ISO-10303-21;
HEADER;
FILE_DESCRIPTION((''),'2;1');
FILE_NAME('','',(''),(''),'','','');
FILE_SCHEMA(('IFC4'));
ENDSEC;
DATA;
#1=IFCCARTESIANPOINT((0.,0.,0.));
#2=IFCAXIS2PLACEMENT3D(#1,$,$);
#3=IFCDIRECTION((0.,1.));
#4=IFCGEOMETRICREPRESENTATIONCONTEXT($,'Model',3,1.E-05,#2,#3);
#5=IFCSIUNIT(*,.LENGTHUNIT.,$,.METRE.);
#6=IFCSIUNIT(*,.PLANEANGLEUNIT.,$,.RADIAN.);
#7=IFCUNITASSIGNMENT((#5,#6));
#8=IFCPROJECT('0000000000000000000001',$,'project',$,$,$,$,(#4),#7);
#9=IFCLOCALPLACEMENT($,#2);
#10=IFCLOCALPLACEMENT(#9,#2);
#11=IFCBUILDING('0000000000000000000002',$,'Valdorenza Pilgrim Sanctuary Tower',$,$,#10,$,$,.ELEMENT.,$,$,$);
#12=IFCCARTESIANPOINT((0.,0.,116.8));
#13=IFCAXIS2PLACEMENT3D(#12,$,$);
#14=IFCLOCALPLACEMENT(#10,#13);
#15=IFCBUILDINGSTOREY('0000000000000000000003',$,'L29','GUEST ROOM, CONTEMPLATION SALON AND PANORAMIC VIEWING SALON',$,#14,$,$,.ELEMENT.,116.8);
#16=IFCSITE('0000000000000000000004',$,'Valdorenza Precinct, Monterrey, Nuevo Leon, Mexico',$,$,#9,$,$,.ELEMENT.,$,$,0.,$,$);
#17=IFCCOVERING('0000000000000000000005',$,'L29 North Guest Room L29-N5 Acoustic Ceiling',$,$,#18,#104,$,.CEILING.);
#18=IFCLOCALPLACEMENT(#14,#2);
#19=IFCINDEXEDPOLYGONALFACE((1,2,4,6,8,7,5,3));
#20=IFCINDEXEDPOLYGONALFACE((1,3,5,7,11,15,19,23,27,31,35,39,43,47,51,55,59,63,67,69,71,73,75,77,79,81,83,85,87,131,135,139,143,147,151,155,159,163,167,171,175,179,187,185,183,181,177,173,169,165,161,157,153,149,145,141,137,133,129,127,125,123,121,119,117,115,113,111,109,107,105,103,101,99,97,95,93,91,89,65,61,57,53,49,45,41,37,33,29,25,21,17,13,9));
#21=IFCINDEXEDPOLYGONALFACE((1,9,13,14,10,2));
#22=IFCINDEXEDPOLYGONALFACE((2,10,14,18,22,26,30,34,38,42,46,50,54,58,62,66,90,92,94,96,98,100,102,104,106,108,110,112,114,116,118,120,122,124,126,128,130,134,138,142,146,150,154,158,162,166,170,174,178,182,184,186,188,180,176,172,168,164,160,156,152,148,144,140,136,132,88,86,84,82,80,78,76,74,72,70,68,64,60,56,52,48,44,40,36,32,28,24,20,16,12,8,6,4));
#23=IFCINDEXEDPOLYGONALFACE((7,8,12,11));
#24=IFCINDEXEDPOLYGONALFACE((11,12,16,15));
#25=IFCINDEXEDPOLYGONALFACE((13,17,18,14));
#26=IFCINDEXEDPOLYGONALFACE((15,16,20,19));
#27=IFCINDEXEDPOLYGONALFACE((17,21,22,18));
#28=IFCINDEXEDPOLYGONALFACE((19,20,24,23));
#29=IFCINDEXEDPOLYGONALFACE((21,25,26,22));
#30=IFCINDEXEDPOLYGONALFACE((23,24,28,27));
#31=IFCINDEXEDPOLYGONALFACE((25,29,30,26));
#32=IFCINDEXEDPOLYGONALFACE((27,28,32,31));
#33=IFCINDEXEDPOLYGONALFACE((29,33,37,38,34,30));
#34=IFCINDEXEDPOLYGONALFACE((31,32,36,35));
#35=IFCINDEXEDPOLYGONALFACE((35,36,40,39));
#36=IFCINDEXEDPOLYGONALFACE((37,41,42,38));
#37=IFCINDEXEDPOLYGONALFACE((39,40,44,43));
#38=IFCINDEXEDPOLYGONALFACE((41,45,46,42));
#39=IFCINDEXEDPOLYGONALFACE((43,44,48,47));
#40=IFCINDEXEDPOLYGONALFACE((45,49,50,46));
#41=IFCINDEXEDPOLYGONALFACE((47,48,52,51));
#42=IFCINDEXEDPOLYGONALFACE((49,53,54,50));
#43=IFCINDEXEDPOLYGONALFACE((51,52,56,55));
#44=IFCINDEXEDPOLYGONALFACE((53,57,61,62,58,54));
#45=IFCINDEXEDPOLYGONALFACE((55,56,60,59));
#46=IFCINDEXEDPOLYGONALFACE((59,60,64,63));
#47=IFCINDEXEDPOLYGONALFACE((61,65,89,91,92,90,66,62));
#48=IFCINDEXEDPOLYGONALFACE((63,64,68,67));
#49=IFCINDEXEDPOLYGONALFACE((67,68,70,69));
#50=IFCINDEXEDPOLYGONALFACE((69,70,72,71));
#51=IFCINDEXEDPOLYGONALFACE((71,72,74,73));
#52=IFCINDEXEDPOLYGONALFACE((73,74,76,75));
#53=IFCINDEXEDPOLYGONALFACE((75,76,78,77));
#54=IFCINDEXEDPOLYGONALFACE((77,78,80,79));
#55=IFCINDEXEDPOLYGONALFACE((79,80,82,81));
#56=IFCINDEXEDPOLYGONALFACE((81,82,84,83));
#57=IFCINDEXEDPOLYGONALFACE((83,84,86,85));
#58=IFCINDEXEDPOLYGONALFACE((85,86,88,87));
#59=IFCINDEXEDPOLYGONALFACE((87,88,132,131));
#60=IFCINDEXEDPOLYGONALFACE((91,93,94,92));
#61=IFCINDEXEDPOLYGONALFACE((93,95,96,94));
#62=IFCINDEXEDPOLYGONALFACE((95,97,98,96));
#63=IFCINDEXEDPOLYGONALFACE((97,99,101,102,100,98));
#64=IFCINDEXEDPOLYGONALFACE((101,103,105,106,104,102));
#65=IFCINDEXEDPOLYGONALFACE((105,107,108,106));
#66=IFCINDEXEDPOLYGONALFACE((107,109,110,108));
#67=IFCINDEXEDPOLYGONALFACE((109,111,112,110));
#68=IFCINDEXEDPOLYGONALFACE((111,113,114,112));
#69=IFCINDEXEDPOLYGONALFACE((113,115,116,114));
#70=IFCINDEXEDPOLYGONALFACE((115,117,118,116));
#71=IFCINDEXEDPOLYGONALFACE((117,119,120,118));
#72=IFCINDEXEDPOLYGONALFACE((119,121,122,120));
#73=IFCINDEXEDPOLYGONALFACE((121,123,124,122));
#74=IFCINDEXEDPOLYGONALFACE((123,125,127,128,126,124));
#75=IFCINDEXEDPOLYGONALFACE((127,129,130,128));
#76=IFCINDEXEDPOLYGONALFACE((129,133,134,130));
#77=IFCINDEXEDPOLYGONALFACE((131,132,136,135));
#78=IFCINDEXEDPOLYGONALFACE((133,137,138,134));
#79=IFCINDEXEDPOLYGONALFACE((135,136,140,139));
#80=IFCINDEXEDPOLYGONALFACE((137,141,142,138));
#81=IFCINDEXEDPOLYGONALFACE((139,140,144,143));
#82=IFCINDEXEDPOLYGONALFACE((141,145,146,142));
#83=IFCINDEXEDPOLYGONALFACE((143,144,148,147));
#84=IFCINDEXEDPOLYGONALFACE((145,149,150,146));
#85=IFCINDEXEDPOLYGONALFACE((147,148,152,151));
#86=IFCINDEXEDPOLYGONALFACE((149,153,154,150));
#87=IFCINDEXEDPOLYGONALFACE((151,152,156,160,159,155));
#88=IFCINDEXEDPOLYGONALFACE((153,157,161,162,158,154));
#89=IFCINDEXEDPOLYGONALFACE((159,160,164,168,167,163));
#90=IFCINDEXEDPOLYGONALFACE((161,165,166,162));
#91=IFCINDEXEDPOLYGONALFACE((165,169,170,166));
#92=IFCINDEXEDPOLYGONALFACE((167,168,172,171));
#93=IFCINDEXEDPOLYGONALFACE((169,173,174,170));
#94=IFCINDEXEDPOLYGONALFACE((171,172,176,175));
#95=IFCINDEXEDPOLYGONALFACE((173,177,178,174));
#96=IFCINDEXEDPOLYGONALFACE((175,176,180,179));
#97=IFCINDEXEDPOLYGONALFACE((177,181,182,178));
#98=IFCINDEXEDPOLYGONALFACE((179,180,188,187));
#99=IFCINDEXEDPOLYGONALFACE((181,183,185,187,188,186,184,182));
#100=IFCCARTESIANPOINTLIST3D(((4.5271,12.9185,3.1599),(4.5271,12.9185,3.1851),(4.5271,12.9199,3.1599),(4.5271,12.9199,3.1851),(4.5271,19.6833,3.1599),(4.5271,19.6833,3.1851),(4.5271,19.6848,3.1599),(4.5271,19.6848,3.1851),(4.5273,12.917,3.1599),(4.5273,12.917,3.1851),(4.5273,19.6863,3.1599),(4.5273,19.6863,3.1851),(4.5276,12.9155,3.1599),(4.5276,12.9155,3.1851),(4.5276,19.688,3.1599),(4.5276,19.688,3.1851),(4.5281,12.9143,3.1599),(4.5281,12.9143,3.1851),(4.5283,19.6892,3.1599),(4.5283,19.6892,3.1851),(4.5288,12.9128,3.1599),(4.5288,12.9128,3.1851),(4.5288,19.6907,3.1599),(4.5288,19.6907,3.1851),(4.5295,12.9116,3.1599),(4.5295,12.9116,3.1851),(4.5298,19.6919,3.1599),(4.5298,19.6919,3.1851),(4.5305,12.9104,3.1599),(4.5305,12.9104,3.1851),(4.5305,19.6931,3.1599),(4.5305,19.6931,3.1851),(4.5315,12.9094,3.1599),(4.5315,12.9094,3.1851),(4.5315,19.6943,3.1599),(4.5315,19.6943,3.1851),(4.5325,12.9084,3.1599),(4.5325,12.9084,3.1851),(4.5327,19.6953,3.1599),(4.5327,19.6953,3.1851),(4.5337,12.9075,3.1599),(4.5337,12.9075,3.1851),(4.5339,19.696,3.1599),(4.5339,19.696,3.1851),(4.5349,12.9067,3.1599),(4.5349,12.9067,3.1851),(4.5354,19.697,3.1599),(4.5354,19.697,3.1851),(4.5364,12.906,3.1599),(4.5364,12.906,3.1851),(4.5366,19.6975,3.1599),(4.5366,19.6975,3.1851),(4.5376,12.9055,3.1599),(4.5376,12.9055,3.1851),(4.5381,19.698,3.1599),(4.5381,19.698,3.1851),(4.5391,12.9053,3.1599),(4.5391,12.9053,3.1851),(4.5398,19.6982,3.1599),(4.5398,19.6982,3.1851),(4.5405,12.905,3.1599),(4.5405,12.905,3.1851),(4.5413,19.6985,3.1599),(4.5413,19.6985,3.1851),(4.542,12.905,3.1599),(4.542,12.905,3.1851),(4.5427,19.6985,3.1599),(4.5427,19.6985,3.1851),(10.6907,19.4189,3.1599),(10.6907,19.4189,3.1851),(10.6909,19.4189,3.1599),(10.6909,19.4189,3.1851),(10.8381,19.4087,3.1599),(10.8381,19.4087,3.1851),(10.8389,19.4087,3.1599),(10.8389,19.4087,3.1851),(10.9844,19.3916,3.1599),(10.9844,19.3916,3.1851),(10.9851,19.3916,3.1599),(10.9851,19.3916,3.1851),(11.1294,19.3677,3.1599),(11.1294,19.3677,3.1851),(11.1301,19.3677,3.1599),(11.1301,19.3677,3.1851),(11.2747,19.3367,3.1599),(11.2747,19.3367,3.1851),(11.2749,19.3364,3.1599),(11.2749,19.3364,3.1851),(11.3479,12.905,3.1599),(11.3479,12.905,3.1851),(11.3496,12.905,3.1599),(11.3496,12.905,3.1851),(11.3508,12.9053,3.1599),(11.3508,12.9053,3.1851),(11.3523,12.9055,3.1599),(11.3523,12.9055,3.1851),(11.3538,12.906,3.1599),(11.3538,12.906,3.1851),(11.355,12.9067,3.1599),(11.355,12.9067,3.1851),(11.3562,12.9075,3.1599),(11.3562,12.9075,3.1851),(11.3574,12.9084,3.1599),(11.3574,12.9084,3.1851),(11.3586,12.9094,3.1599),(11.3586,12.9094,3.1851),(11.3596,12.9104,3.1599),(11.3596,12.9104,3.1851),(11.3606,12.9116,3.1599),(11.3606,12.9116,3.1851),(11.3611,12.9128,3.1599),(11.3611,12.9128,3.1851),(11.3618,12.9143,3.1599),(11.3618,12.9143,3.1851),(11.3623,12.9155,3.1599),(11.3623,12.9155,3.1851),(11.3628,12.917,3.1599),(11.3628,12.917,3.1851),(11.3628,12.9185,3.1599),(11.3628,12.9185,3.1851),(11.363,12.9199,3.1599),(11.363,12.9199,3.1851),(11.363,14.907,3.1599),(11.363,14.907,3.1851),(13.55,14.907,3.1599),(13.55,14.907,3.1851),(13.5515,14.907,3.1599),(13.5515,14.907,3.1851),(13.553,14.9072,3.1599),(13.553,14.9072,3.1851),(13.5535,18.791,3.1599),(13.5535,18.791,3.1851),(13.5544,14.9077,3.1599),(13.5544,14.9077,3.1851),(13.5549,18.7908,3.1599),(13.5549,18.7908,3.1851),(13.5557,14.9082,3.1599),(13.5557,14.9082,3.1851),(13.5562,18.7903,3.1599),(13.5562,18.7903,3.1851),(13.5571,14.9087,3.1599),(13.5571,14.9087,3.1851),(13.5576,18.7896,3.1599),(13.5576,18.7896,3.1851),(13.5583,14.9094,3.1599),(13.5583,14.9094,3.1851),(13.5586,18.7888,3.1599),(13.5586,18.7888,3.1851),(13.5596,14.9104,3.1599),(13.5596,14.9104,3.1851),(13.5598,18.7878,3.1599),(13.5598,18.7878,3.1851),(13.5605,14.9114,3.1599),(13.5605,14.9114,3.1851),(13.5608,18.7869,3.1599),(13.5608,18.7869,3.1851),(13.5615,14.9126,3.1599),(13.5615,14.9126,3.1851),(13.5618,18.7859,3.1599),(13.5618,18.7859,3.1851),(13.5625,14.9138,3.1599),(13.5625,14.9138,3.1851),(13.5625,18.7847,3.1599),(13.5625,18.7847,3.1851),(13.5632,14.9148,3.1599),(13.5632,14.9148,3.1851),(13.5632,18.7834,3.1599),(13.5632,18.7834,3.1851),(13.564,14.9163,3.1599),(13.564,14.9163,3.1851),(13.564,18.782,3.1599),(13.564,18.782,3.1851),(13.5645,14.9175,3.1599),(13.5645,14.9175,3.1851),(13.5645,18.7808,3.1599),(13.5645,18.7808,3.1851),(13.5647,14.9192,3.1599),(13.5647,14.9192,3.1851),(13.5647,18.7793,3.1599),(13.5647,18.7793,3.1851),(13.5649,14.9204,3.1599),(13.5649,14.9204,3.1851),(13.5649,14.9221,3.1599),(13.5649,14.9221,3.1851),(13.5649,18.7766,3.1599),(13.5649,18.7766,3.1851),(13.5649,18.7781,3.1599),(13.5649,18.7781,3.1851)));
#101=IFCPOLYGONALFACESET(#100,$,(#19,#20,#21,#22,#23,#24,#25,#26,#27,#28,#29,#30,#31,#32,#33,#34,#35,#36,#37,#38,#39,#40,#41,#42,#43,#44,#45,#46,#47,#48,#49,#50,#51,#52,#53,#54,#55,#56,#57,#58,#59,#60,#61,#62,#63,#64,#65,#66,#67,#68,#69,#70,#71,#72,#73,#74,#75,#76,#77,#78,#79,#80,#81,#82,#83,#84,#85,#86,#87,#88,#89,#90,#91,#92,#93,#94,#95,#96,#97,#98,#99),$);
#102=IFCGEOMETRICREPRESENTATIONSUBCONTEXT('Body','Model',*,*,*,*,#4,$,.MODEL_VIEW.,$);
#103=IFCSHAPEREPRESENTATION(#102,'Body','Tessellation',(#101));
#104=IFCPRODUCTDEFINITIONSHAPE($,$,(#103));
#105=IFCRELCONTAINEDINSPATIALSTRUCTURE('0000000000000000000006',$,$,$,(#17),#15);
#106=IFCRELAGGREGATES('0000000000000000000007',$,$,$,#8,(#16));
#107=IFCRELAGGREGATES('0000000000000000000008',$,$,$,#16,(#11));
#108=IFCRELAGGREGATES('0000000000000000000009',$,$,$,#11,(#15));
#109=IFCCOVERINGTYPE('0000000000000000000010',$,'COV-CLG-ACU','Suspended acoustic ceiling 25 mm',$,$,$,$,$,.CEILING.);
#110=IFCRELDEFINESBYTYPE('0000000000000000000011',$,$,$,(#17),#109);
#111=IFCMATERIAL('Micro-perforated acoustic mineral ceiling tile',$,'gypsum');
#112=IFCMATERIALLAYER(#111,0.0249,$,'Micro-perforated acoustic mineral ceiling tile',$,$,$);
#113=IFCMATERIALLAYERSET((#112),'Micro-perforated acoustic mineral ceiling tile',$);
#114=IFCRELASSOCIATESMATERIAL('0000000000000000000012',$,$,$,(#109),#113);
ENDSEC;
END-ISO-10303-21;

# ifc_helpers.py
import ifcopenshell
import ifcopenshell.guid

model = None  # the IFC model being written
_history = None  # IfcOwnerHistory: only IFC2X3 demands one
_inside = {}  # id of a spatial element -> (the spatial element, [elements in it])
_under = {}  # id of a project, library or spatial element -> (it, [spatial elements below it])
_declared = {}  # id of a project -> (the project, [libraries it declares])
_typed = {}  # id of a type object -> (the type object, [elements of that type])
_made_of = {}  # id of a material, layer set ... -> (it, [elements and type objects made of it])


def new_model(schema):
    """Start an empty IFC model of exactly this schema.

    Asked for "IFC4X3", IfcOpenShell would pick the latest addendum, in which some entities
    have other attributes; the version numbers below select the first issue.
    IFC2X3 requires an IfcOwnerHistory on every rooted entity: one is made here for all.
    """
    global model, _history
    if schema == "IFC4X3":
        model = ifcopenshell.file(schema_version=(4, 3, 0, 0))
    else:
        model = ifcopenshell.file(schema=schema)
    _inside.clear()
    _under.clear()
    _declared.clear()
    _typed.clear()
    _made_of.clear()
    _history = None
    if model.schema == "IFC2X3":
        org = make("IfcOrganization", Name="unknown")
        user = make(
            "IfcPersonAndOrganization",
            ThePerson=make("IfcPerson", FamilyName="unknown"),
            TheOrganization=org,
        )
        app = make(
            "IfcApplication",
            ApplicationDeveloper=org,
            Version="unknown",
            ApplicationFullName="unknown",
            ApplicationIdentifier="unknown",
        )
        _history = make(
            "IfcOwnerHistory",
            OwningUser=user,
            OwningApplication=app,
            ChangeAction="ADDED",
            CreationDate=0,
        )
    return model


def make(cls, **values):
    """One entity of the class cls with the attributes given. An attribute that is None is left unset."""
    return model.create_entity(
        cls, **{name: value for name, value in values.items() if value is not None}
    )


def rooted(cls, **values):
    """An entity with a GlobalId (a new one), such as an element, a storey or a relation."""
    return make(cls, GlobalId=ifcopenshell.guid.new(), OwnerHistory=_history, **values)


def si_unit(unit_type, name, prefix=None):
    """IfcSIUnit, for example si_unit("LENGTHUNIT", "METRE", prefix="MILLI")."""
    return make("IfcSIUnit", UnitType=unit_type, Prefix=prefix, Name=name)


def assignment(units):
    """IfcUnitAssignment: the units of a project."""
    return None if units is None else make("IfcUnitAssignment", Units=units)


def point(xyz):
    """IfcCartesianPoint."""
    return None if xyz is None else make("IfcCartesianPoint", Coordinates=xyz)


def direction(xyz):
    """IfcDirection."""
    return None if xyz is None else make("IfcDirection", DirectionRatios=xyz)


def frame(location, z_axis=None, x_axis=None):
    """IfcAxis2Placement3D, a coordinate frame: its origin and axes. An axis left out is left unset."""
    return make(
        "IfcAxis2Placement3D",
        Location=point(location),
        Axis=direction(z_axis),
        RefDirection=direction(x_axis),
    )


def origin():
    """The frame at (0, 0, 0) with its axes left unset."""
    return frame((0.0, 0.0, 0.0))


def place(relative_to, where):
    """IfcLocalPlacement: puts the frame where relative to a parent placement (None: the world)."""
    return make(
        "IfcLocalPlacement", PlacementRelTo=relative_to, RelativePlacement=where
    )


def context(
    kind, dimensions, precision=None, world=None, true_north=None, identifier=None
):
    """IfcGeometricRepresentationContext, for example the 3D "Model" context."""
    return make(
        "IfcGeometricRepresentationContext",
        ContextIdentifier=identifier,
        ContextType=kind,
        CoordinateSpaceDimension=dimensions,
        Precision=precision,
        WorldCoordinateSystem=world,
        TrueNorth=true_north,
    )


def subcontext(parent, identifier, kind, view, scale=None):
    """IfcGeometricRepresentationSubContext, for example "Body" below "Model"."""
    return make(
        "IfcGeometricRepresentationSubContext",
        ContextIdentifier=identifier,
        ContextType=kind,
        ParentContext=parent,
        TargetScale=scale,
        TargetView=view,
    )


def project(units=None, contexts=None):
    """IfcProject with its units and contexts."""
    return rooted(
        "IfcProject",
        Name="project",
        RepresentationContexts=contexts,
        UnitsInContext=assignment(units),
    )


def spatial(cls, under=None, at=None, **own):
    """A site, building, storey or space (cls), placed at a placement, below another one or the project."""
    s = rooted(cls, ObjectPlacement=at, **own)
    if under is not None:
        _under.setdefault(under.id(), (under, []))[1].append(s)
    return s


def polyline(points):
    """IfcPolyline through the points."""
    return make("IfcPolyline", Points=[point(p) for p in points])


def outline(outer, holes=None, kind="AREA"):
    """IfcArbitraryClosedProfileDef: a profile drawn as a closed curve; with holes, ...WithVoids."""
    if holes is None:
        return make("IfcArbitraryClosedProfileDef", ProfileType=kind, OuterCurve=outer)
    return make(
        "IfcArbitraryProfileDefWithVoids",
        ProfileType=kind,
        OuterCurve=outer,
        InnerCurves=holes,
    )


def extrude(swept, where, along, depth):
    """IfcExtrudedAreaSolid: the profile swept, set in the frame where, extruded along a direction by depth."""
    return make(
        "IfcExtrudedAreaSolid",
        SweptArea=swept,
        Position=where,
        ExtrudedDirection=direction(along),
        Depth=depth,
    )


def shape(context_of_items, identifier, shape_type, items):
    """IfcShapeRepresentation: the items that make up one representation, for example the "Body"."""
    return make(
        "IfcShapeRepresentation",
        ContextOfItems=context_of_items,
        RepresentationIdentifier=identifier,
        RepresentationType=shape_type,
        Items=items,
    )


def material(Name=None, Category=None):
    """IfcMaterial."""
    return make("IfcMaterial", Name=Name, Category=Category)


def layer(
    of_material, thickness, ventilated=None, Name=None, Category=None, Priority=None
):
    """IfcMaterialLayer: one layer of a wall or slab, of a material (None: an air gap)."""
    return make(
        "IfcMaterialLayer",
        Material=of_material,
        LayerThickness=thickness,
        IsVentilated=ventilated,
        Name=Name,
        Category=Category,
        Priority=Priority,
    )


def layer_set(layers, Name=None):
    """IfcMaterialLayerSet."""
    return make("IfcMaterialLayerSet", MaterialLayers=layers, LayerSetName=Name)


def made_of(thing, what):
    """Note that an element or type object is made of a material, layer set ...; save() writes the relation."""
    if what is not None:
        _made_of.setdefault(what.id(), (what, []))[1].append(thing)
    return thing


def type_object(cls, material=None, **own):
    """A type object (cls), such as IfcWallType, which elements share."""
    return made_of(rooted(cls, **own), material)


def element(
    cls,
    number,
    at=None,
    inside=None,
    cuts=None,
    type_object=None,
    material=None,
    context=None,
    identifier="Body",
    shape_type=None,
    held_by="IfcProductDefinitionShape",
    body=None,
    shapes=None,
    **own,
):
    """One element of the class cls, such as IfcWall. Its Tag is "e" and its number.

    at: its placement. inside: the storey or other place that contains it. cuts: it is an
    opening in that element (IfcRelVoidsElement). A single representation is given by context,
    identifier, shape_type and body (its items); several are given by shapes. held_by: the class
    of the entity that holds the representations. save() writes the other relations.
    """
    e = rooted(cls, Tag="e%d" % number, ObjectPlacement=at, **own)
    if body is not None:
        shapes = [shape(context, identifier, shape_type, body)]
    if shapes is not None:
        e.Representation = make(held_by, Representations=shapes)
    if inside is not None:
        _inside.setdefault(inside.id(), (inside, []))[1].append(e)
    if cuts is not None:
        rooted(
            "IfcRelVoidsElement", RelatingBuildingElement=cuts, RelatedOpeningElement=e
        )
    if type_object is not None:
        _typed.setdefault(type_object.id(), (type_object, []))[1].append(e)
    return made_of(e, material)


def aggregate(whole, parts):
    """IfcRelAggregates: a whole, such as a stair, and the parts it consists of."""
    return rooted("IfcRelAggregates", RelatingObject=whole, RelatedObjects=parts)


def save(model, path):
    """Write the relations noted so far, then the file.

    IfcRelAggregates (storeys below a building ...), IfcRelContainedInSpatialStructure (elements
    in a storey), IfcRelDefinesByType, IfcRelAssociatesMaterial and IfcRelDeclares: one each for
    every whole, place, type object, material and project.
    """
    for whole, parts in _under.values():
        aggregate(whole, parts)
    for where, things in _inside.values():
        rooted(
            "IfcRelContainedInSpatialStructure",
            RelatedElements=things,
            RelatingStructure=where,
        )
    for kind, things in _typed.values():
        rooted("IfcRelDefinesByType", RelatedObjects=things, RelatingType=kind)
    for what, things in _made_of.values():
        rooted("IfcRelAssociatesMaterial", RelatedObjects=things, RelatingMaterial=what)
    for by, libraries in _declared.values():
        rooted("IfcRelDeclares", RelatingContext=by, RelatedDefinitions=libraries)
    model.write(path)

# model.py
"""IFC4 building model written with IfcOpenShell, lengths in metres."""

from ifc_helpers import new_model, si_unit, direction, frame, origin, place, context, subcontext, project, spatial, polyline, outline, extrude, material, layer, layer_set, type_object, element, save


model = new_model("IFC4")

# Units and contexts
model_context = context("Model", 3, precision=1e-05, world=origin(), true_north=direction((0.0, 1.0)))
body_context = subcontext(model_context, "Body", "Model", "MODEL_VIEW")
ifc_project = project(units=[si_unit("LENGTHUNIT", "METRE"), si_unit("PLANEANGLEUNIT", "RADIAN")], contexts=[model_context])

# Site, building, storey
site_placement = place(None, origin())
site = spatial("IfcSite", under=ifc_project, at=site_placement, Name="Valdorenza Precinct, Monterrey, Nuevo Leon, Mexico", CompositionType="ELEMENT", RefElevation=0.0)
building_placement = place(site_placement, origin())
building = spatial("IfcBuilding", under=site, at=building_placement, Name="Valdorenza Pilgrim Sanctuary Tower", CompositionType="ELEMENT")
storey_placement = place(building_placement, frame((0.0, 0.0, 116.8)))
storey = spatial("IfcBuildingStorey", under=building, at=storey_placement, Name="L29", Description="GUEST ROOM, CONTEMPLATION SALON AND PANORAMIC VIEWING SALON", CompositionType="ELEMENT", Elevation=116.8)

# Covering
ifc_material_1 = material(Name="Micro-perforated acoustic mineral ceiling tile", Category="gypsum")
ifc_layer_1 = layer(ifc_material_1, 0.0249, Name="Micro-perforated acoustic mineral ceiling tile")
ifc_layer_set_1 = layer_set([ifc_layer_1], Name="Micro-perforated acoustic mineral ceiling tile")
covering_type_1 = type_object("IfcCoveringType", Name="COV-CLG-ACU", Description="Suspended acoustic ceiling 25 mm", PredefinedType="CEILING", material=ifc_layer_set_1)
covering_1_placement = place(storey_placement, frame((0.0, 0.0, 3.1599)))
element("IfcCovering", 1, at=covering_1_placement, inside=storey, type_object=covering_type_1, Name="L29 North Guest Room L29-N5 Acoustic Ceiling", PredefinedType="CEILING", context=body_context, shape_type="SweptSolid", body=[
    extrude(outline(polyline([(10.6907, 19.4189), (10.6909, 19.4189), (10.8381, 19.4087), (10.8389, 19.4087), (10.9844, 19.3916), (10.9851, 19.3916), (11.1294, 19.3677), (11.1301, 19.3677), (11.2747, 19.3367), (11.2749, 19.3364), (13.5535, 18.791), (13.5549, 18.7908), (13.5562, 18.7903), (13.5576, 18.7896), (13.5586, 18.7888), (13.5598, 18.7878), (13.5608, 18.7869), (13.5618, 18.7859), (13.5625, 18.7847), (13.5632, 18.7834), (13.564, 18.782), (13.5645, 18.7808), (13.5647, 18.7793), (13.5649, 18.7781), (13.5649, 18.7766), (13.5649, 14.9221), (13.5649, 14.9204), (13.5647, 14.9192), (13.5645, 14.9175), (13.564, 14.9163), (13.5632, 14.9148), (13.5625, 14.9138), (13.5615, 14.9126), (13.5605, 14.9114), (13.5596, 14.9104), (13.5583, 14.9094), (13.5571, 14.9087), (13.5557, 14.9082), (13.5544, 14.9077), (13.553, 14.9072), (13.5515, 14.907), (13.55, 14.907), (11.363, 14.907), (11.363, 12.9199), (11.3628, 12.9185), (11.3628, 12.917), (11.3623, 12.9155), (11.3618, 12.9143), (11.3611, 12.9128), (11.3606, 12.9116), (11.3596, 12.9104), (11.3586, 12.9094), (11.3574, 12.9084), (11.3562, 12.9075), (11.355, 12.9067), (11.3538, 12.906), (11.3523, 12.9055), (11.3508, 12.9053), (11.3496, 12.905), (11.3479, 12.905), (4.542, 12.905), (4.5405, 12.905), (4.5391, 12.9053), (4.5376, 12.9055), (4.5364, 12.906), (4.5349, 12.9067), (4.5337, 12.9075), (4.5325, 12.9084), (4.5315, 12.9094), (4.5305, 12.9104), (4.5295, 12.9116), (4.5288, 12.9128), (4.5281, 12.9143), (4.5276, 12.9155), (4.5273, 12.917), (4.5271, 12.9185), (4.5271, 12.9199), (4.5271, 19.6833), (4.5271, 19.6848), (4.5273, 19.6863), (4.5276, 19.688), (4.5283, 19.6892), (4.5288, 19.6907), (4.5298, 19.6919), (4.5305, 19.6931), (4.5315, 19.6943), (4.5327, 19.6953), (4.5339, 19.696), (4.5354, 19.697), (4.5366, 19.6975), (4.5381, 19.698), (4.5398, 19.6982), (4.5413, 19.6985), (4.5427, 19.6985), (10.6907, 19.4189)])), origin(), (0.0, 0.0, 1.0), 0.0251),
])

save(model, "model.ifc")
